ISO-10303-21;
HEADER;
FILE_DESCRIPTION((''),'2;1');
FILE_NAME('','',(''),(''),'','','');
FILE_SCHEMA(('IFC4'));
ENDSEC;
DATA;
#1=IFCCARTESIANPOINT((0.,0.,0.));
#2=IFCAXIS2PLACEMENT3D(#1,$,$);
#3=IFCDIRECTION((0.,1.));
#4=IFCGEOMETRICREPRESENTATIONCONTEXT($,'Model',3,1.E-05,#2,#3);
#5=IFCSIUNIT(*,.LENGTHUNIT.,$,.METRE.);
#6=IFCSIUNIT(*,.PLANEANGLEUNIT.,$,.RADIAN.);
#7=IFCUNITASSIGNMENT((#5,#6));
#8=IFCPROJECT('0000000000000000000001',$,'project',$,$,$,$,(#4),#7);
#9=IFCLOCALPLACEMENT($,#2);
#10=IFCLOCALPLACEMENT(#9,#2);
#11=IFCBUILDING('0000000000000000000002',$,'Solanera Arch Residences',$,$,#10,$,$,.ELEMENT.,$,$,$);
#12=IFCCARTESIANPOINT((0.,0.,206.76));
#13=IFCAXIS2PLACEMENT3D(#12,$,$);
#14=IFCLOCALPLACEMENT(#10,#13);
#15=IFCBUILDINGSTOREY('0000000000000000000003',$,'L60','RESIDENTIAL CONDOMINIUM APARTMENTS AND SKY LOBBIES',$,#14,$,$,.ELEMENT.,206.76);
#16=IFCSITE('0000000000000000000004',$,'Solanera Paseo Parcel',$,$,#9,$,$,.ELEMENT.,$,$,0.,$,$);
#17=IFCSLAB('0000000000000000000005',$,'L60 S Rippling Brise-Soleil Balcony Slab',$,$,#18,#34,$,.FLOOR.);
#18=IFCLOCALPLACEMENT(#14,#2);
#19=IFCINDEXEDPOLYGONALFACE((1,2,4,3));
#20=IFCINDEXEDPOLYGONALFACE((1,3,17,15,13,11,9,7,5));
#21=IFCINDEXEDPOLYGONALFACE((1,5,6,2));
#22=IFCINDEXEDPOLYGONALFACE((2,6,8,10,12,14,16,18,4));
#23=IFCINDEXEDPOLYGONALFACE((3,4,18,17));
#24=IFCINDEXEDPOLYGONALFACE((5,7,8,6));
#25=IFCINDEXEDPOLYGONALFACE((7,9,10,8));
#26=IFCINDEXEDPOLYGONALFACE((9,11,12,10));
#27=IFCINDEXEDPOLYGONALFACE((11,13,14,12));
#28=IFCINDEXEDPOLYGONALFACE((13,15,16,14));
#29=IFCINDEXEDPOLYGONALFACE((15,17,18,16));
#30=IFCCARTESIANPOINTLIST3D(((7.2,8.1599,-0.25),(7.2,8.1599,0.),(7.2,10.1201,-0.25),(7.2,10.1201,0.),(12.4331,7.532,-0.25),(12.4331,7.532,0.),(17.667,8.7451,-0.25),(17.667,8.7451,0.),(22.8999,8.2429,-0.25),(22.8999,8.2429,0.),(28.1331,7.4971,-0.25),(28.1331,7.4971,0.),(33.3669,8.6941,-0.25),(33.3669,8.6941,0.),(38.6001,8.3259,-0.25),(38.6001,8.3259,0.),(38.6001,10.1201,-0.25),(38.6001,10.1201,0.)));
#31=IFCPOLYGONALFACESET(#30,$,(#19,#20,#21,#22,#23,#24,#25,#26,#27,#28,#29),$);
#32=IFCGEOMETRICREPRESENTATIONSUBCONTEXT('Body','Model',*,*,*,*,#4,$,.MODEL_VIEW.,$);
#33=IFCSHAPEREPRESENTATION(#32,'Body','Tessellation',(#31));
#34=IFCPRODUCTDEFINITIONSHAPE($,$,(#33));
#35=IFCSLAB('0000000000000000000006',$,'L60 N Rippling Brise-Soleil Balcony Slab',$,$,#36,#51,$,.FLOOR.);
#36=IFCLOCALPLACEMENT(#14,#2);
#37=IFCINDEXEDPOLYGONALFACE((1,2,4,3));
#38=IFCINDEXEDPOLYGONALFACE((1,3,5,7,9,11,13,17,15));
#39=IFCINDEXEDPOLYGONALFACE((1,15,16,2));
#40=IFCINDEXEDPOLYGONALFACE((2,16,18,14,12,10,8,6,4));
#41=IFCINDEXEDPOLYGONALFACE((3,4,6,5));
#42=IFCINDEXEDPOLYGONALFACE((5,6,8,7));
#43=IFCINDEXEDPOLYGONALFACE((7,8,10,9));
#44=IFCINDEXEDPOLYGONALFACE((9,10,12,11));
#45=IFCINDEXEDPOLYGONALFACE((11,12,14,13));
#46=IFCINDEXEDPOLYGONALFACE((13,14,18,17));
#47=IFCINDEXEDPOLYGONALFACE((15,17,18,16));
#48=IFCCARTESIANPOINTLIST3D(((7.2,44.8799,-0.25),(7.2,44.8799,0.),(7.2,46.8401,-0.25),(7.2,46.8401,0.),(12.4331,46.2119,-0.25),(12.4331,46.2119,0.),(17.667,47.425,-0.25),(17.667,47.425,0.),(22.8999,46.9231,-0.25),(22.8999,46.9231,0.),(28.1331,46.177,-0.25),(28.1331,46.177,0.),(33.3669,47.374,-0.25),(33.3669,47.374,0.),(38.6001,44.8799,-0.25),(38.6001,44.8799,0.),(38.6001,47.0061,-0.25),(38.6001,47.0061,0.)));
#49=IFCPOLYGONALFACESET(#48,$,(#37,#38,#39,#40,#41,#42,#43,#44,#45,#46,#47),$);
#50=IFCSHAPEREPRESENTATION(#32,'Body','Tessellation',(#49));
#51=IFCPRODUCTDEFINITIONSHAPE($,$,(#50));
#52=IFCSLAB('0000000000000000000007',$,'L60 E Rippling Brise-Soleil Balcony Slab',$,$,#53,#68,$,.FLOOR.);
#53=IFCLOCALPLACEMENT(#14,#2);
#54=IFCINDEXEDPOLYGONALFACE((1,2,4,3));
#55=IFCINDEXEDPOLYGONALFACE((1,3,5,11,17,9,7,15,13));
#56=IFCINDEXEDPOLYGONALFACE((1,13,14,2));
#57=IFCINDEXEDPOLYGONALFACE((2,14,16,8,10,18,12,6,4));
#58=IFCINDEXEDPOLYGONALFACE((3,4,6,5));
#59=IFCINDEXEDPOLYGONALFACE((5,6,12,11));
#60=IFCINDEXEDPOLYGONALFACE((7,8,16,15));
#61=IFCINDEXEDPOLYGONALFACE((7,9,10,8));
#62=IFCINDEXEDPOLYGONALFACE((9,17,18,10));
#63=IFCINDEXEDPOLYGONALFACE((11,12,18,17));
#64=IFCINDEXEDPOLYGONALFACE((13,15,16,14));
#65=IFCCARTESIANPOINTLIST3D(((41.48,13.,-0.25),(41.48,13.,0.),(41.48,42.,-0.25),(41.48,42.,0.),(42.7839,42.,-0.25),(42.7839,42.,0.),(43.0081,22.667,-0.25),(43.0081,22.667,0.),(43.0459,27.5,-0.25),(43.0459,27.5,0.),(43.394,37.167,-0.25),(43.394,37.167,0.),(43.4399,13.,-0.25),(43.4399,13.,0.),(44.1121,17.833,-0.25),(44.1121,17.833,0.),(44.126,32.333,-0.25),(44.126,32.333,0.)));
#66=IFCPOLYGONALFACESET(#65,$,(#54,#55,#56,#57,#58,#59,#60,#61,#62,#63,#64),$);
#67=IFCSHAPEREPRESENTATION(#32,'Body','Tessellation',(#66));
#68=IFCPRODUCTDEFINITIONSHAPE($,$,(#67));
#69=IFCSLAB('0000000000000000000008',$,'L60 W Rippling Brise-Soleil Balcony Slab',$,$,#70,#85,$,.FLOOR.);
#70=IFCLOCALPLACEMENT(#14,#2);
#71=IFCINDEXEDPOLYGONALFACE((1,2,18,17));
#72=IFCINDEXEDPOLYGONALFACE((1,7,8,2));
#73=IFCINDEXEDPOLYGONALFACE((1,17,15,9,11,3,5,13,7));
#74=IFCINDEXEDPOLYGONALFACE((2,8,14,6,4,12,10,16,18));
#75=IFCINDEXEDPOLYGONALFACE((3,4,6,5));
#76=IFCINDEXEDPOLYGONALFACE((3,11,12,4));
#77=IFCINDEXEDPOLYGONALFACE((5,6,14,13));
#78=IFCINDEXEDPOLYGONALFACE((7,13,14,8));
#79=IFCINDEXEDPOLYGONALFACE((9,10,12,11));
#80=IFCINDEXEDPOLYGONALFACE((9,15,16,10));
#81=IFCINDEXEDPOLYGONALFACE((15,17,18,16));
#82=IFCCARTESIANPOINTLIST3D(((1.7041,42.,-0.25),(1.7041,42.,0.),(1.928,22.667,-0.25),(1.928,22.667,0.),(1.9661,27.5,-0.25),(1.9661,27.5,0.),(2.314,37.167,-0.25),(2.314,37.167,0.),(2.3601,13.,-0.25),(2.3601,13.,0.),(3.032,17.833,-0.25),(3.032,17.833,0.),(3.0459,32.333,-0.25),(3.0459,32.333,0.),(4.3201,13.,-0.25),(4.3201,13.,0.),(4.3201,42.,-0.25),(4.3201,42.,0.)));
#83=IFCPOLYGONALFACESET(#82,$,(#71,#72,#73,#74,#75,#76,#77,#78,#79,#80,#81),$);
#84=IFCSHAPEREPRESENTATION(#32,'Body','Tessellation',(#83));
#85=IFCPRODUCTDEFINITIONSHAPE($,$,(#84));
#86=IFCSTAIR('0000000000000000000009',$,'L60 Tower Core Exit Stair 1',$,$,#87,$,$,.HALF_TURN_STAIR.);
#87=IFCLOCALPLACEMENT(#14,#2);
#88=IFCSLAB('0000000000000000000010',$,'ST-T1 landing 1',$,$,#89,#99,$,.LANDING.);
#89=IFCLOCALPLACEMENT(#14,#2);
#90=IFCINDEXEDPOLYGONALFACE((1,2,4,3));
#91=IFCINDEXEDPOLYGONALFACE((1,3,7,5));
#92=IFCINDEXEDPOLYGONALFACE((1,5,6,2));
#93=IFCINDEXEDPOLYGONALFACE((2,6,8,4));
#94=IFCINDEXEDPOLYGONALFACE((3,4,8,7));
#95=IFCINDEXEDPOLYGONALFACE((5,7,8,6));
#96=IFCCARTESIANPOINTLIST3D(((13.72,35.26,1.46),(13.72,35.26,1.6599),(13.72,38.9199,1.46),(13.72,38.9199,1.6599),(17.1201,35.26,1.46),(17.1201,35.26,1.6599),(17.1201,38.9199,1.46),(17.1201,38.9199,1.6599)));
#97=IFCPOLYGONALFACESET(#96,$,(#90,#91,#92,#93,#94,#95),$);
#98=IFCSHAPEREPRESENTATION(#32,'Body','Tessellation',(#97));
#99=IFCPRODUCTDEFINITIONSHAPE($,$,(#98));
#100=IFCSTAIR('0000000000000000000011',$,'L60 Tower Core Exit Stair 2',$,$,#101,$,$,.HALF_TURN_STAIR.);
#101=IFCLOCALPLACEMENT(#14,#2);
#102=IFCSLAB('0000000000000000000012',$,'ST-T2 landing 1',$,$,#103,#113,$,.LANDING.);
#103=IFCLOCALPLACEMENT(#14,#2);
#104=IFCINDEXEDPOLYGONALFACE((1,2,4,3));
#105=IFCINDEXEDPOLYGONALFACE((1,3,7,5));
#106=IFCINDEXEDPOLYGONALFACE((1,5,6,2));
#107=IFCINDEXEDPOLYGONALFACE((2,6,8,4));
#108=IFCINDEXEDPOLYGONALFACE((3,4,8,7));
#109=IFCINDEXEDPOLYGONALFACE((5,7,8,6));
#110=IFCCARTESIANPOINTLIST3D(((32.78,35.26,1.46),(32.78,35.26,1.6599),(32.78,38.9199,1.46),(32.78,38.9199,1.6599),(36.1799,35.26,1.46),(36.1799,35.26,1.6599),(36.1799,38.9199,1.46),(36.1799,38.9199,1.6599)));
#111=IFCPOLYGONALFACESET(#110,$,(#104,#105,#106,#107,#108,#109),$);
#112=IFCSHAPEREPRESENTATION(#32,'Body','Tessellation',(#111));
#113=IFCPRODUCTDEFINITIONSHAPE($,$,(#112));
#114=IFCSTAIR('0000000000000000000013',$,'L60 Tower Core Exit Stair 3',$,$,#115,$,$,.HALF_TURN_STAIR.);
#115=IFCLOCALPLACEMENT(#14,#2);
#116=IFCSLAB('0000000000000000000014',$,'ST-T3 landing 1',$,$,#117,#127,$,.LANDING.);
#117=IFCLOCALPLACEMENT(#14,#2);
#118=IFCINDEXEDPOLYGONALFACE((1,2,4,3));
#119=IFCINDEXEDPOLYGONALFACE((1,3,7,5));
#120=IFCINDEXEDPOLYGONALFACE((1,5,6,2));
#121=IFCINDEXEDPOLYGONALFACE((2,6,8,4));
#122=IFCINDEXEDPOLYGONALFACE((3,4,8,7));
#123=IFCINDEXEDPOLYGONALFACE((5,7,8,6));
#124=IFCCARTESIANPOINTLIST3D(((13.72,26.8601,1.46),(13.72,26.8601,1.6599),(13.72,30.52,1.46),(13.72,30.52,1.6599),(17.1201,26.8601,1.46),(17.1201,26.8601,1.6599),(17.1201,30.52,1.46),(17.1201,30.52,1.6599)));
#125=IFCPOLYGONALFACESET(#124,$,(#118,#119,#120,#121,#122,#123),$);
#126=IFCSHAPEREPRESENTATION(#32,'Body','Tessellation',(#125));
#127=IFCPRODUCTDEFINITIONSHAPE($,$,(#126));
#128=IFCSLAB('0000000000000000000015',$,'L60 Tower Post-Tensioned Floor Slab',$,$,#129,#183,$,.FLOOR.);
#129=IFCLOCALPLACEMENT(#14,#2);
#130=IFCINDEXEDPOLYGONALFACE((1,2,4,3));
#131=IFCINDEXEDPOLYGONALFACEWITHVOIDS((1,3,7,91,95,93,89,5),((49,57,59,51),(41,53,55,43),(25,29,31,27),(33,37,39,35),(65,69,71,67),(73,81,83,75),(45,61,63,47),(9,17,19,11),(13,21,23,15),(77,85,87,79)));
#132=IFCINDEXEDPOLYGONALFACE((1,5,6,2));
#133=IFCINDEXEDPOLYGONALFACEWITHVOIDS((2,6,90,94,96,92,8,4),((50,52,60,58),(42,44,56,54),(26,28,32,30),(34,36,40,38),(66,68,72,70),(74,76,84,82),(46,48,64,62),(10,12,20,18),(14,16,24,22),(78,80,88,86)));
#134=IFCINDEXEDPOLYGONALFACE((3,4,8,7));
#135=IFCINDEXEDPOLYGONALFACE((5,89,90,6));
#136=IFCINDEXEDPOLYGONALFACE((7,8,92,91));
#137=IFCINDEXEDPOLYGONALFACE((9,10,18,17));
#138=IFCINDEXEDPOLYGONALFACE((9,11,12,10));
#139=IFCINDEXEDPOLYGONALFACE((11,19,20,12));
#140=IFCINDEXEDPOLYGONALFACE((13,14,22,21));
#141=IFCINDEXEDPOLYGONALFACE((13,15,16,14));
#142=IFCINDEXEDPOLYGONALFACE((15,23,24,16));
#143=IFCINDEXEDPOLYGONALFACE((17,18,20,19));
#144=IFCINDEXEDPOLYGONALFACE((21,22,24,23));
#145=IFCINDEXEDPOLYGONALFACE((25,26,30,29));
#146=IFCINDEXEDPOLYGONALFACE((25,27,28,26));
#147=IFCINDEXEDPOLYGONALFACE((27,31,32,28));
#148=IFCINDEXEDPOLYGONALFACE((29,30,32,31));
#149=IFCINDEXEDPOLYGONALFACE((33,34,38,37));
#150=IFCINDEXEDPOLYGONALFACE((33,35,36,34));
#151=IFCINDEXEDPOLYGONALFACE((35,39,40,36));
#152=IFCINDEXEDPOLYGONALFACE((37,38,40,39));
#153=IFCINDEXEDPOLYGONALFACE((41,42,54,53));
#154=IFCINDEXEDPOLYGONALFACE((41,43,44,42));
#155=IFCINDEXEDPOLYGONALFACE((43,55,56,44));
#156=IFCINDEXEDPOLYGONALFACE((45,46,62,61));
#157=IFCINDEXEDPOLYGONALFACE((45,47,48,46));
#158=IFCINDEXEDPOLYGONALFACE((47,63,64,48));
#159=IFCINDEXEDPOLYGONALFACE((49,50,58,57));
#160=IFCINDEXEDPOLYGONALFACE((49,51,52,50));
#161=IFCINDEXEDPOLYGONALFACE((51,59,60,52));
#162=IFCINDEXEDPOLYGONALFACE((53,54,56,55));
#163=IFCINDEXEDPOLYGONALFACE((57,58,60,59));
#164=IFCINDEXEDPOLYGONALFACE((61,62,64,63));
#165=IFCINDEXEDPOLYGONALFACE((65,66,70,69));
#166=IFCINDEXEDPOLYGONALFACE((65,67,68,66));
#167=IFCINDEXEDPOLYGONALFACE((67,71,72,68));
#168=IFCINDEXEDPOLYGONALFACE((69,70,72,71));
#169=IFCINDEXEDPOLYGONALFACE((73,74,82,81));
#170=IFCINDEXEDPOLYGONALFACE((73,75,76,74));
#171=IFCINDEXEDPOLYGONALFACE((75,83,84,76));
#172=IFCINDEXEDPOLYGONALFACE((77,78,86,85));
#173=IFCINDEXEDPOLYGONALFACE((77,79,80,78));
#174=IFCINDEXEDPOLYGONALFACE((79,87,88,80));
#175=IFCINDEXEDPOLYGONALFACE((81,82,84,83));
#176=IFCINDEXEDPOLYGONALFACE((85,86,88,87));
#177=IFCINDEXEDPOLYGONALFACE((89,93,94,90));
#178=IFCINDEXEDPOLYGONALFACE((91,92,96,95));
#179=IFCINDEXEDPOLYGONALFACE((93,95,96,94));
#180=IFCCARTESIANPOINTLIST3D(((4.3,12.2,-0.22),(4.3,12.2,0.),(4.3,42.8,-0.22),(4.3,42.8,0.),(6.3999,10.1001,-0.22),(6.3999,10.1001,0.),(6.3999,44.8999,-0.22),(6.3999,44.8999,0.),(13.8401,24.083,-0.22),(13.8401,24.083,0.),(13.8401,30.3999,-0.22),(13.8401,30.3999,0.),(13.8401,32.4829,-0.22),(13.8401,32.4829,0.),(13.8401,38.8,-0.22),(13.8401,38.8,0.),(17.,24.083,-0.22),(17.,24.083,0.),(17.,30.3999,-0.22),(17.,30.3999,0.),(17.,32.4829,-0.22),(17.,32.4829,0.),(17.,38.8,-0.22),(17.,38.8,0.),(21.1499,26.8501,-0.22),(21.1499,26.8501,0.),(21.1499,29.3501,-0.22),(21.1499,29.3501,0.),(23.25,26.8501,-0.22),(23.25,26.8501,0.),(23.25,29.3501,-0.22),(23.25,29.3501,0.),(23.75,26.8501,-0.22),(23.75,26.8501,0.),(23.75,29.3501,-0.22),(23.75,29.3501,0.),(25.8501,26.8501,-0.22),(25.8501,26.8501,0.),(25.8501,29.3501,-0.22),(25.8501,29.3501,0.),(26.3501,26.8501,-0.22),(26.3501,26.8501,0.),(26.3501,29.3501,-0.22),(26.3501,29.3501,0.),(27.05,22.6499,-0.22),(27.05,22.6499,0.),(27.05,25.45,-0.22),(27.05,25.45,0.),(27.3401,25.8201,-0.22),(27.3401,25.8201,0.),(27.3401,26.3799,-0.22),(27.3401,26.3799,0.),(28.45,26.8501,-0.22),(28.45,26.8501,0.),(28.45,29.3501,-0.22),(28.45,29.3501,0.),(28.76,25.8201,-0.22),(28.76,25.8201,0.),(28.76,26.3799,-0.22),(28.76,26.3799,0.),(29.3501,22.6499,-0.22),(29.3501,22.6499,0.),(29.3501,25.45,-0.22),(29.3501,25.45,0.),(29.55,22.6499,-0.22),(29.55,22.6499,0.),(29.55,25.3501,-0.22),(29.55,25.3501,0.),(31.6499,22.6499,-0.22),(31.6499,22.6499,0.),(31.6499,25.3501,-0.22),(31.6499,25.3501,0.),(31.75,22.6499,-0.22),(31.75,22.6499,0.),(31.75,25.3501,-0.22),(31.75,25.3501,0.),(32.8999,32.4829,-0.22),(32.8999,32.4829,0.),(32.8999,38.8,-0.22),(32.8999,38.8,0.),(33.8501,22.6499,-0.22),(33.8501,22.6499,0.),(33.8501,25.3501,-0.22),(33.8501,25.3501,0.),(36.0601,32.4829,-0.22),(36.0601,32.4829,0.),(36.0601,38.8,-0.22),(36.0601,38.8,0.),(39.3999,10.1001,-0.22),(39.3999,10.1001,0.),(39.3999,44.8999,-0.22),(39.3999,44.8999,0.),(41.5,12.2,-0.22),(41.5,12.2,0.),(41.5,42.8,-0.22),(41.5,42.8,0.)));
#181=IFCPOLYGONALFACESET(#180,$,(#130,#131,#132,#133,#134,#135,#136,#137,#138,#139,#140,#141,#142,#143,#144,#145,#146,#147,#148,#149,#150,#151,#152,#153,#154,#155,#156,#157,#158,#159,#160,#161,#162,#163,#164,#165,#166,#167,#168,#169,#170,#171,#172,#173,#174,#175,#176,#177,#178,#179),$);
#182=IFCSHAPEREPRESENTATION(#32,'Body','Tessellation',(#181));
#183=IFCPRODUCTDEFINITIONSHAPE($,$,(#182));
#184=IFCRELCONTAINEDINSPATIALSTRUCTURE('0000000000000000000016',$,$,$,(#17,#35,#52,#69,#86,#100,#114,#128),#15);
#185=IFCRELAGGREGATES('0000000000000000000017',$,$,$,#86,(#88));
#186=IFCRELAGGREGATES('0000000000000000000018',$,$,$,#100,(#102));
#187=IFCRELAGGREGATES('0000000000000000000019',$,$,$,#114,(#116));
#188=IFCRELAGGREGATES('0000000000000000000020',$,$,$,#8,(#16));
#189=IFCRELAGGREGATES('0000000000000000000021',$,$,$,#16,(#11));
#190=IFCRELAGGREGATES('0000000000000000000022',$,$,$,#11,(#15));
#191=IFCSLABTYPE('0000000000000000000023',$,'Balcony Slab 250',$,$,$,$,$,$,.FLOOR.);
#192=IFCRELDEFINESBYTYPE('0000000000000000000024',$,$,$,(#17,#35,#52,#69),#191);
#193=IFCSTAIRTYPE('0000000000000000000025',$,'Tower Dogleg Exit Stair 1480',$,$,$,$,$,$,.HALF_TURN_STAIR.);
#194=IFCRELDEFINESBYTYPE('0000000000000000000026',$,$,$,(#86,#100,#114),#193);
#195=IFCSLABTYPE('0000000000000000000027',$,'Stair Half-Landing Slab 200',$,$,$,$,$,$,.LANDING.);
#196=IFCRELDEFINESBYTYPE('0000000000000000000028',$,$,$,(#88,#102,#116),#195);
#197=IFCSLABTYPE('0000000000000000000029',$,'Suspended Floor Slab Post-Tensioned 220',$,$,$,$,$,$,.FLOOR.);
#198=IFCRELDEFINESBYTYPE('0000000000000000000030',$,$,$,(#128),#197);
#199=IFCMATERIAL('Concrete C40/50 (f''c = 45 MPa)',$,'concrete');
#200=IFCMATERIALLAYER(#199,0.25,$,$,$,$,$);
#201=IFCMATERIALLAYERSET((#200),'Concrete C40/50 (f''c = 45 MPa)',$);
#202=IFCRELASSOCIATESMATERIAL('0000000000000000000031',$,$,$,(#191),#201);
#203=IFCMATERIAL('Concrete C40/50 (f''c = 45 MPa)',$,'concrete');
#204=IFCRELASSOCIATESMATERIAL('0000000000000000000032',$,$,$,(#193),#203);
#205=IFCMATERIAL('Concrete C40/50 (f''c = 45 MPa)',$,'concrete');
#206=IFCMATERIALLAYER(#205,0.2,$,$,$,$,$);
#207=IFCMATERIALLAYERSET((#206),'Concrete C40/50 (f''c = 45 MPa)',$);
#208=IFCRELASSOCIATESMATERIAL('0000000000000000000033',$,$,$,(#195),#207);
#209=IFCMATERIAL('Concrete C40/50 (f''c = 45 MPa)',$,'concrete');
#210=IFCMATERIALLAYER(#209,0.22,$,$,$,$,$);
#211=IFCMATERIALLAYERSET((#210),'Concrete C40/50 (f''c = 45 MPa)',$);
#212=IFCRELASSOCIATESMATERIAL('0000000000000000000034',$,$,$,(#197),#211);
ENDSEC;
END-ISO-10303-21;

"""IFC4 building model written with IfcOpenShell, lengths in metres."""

from ifc_helpers import new_model, si_unit, direction, frame, origin, place, context, subcontext, project, spatial, polyline, outline, extrude, material, layer, layer_set, type_object, element, aggregate, save


model = new_model("IFC4")

# Units and contexts
model_context = context("Model", 3, precision=1e-05, world=origin(), true_north=direction((0.0, 1.0)))
body_context = subcontext(model_context, "Body", "Model", "MODEL_VIEW")
ifc_project = project(units=[si_unit("LENGTHUNIT", "METRE"), si_unit("PLANEANGLEUNIT", "RADIAN")], contexts=[model_context])

# Site, building, storey
site_placement = place(None, origin())
site = spatial("IfcSite", under=ifc_project, at=site_placement, Name="Solanera Paseo Parcel", CompositionType="ELEMENT", RefElevation=0.0)
building_placement = place(site_placement, origin())
building = spatial("IfcBuilding", under=site, at=building_placement, Name="Solanera Arch Residences", CompositionType="ELEMENT")
storey_placement = place(building_placement, frame((0.0, 0.0, 206.76)))
storey = spatial("IfcBuildingStorey", under=building, at=storey_placement, Name="L60", Description="RESIDENTIAL CONDOMINIUM APARTMENTS AND SKY LOBBIES", CompositionType="ELEMENT", Elevation=206.76)

# Slabs
ifc_material_1 = material(Name="Concrete C40/50 (f'c = 45 MPa)", Category="concrete")
ifc_layer_1 = layer(ifc_material_1, 0.25)
ifc_layer_set_1 = layer_set([ifc_layer_1], Name="Concrete C40/50 (f'c = 45 MPa)")
slab_type_1 = type_object("IfcSlabType", Name="Balcony Slab 250", PredefinedType="FLOOR", material=ifc_layer_set_1)
slab_1_placement = place(storey_placement, frame((0.0, 0.0, -0.25)))
element("IfcSlab", 1, at=slab_1_placement, inside=storey, type_object=slab_type_1, Name="L60 S Rippling Brise-Soleil Balcony Slab", PredefinedType="FLOOR", context=body_context, shape_type="SweptSolid", body=[
    extrude(outline(polyline([(7.2, 8.1599), (12.4331, 7.532), (17.667, 8.7451), (22.8999, 8.2429), (28.1331, 7.4971), (33.3669, 8.6941), (38.6001, 8.3259), (38.6001, 10.1201), (7.2, 10.1201), (7.2, 8.1599)])), origin(), (0.0, 0.0, 1.0), 0.25),
])
slab_2_placement = place(storey_placement, frame((0.0, 0.0, -0.25)))
element("IfcSlab", 2, at=slab_2_placement, inside=storey, type_object=slab_type_1, Name="L60 N Rippling Brise-Soleil Balcony Slab", PredefinedType="FLOOR", context=body_context, shape_type="SweptSolid", body=[
    extrude(outline(polyline([(38.6001, 47.0061), (33.3669, 47.374), (28.1331, 46.177), (22.8999, 46.9231), (17.667, 47.425), (12.4331, 46.2119), (7.2, 46.8401), (7.2, 44.8799), (38.6001, 44.8799), (38.6001, 47.0061)])), origin(), (0.0, 0.0, 1.0), 0.25),
])
slab_3_placement = place(storey_placement, frame((0.0, 0.0, -0.25)))
element("IfcSlab", 3, at=slab_3_placement, inside=storey, type_object=slab_type_1, Name="L60 E Rippling Brise-Soleil Balcony Slab", PredefinedType="FLOOR", context=body_context, shape_type="SweptSolid", body=[
    extrude(outline(polyline([(43.4399, 13.0), (44.1121, 17.833), (43.0081, 22.667), (43.0459, 27.5), (44.126, 32.333), (43.394, 37.167), (42.7839, 42.0), (41.48, 42.0), (41.48, 13.0), (43.4399, 13.0)])), origin(), (0.0, 0.0, 1.0), 0.25),
])
slab_4_placement = place(storey_placement, frame((0.0, 0.0, -0.25)))
element("IfcSlab", 4, at=slab_4_placement, inside=storey, type_object=slab_type_1, Name="L60 W Rippling Brise-Soleil Balcony Slab", PredefinedType="FLOOR", context=body_context, shape_type="SweptSolid", body=[
    extrude(outline(polyline([(1.7041, 42.0), (2.314, 37.167), (3.0459, 32.333), (1.9661, 27.5), (1.928, 22.667), (3.032, 17.833), (2.3601, 13.0), (4.3201, 13.0), (4.3201, 42.0), (1.7041, 42.0)])), origin(), (0.0, 0.0, 1.0), 0.25),
])

# Stairs, slabs
ifc_material_2 = material(Name="Concrete C40/50 (f'c = 45 MPa)", Category="concrete")
stair_type = type_object("IfcStairType", Name="Tower Dogleg Exit Stair 1480", PredefinedType="HALF_TURN_STAIR", material=ifc_material_2)
stair_1_placement = place(storey_placement, origin())
stair_1 = element("IfcStair", 5, at=stair_1_placement, inside=storey, type_object=stair_type, Name="L60 Tower Core Exit Stair 1", PredefinedType="HALF_TURN_STAIR")
ifc_material_3 = material(Name="Concrete C40/50 (f'c = 45 MPa)", Category="concrete")
ifc_layer_2 = layer(ifc_material_3, 0.2)
ifc_layer_set_2 = layer_set([ifc_layer_2], Name="Concrete C40/50 (f'c = 45 MPa)")
slab_type_2 = type_object("IfcSlabType", Name="Stair Half-Landing Slab 200", PredefinedType="LANDING", material=ifc_layer_set_2)
slab_5_placement = place(storey_placement, frame((0.0, 0.0, 1.46)))
slab_5 = element("IfcSlab", 6, at=slab_5_placement, type_object=slab_type_2, Name="ST-T1 landing 1", PredefinedType="LANDING", context=body_context, shape_type="SweptSolid", body=[
    extrude(outline(polyline([(17.1201, 35.26), (17.1201, 38.9199), (13.72, 38.9199), (13.72, 35.26), (17.1201, 35.26)])), origin(), (0.0, 0.0, 1.0), 0.2),
])
aggregate(stair_1, [slab_5])
stair_2_placement = place(storey_placement, origin())
stair_2 = element("IfcStair", 7, at=stair_2_placement, inside=storey, type_object=stair_type, Name="L60 Tower Core Exit Stair 2", PredefinedType="HALF_TURN_STAIR")
slab_6_placement = place(storey_placement, frame((0.0, 0.0, 1.46)))
slab_6 = element("IfcSlab", 8, at=slab_6_placement, type_object=slab_type_2, Name="ST-T2 landing 1", PredefinedType="LANDING", context=body_context, shape_type="SweptSolid", body=[
    extrude(outline(polyline([(36.1799, 35.26), (36.1799, 38.9199), (32.78, 38.9199), (32.78, 35.26), (36.1799, 35.26)])), origin(), (0.0, 0.0, 1.0), 0.2),
])
aggregate(stair_2, [slab_6])
stair_3_placement = place(storey_placement, origin())
stair_3 = element("IfcStair", 9, at=stair_3_placement, inside=storey, type_object=stair_type, Name="L60 Tower Core Exit Stair 3", PredefinedType="HALF_TURN_STAIR")
slab_7_placement = place(storey_placement, frame((0.0, 0.0, 1.46)))
slab_7 = element("IfcSlab", 10, at=slab_7_placement, type_object=slab_type_2, Name="ST-T3 landing 1", PredefinedType="LANDING", context=body_context, shape_type="SweptSolid", body=[
    extrude(outline(polyline([(17.1201, 26.8601), (17.1201, 30.52), (13.72, 30.52), (13.72, 26.8601), (17.1201, 26.8601)])), origin(), (0.0, 0.0, 1.0), 0.2),
])
aggregate(stair_3, [slab_7])

# Slab
ifc_material_4 = material(Name="Concrete C40/50 (f'c = 45 MPa)", Category="concrete")
ifc_layer_3 = layer(ifc_material_4, 0.22)
ifc_layer_set_3 = layer_set([ifc_layer_3], Name="Concrete C40/50 (f'c = 45 MPa)")
slab_type_3 = type_object("IfcSlabType", Name="Suspended Floor Slab Post-Tensioned 220", PredefinedType="FLOOR", material=ifc_layer_set_3)
slab_8_placement = place(storey_placement, frame((0.0, 0.0, -0.22)))
element("IfcSlab", 11, at=slab_8_placement, inside=storey, type_object=slab_type_3, Name="L60 Tower Post-Tensioned Floor Slab", PredefinedType="FLOOR", context=body_context, shape_type="SweptSolid", body=[
    extrude(outline(polyline([(6.3999, 10.1001), (39.3999, 10.1001), (41.5, 12.2), (41.5, 42.8), (39.3999, 44.8999), (6.3999, 44.8999), (4.3, 42.8), (4.3, 12.2), (6.3999, 10.1001)]), holes=[polyline([(13.8401, 32.4829), (13.8401, 38.8), (17.0, 38.8), (17.0, 32.4829), (13.8401, 32.4829)]), polyline([(32.8999, 32.4829), (32.8999, 38.8), (36.0601, 38.8), (36.0601, 32.4829), (32.8999, 32.4829)]), polyline([(13.8401, 24.083), (13.8401, 30.3999), (17.0, 30.3999), (17.0, 24.083), (13.8401, 24.083)]), polyline([(21.1499, 29.3501), (23.25, 29.3501), (23.25, 26.8501), (21.1499, 26.8501), (21.1499, 29.3501)]), polyline([(23.75, 29.3501), (25.8501, 29.3501), (25.8501, 26.8501), (23.75, 26.8501), (23.75, 29.3501)]), polyline([(26.3501, 29.3501), (28.45, 29.3501), (28.45, 26.8501), (26.3501, 26.8501), (26.3501, 29.3501)]), polyline([(29.55, 25.3501), (31.6499, 25.3501), (31.6499, 22.6499), (29.55, 22.6499), (29.55, 25.3501)]), polyline([(31.75, 25.3501), (33.8501, 25.3501), (33.8501, 22.6499), (31.75, 22.6499), (31.75, 25.3501)]), polyline([(27.05, 25.45), (29.3501, 25.45), (29.3501, 22.6499), (27.05, 22.6499), (27.05, 25.45)]), polyline([(27.3401, 26.3799), (28.76, 26.3799), (28.76, 25.8201), (27.3401, 25.8201), (27.3401, 26.3799)])]), origin(), (0.0, 0.0, 1.0), 0.22),
])

save(model, "model.ifc")
